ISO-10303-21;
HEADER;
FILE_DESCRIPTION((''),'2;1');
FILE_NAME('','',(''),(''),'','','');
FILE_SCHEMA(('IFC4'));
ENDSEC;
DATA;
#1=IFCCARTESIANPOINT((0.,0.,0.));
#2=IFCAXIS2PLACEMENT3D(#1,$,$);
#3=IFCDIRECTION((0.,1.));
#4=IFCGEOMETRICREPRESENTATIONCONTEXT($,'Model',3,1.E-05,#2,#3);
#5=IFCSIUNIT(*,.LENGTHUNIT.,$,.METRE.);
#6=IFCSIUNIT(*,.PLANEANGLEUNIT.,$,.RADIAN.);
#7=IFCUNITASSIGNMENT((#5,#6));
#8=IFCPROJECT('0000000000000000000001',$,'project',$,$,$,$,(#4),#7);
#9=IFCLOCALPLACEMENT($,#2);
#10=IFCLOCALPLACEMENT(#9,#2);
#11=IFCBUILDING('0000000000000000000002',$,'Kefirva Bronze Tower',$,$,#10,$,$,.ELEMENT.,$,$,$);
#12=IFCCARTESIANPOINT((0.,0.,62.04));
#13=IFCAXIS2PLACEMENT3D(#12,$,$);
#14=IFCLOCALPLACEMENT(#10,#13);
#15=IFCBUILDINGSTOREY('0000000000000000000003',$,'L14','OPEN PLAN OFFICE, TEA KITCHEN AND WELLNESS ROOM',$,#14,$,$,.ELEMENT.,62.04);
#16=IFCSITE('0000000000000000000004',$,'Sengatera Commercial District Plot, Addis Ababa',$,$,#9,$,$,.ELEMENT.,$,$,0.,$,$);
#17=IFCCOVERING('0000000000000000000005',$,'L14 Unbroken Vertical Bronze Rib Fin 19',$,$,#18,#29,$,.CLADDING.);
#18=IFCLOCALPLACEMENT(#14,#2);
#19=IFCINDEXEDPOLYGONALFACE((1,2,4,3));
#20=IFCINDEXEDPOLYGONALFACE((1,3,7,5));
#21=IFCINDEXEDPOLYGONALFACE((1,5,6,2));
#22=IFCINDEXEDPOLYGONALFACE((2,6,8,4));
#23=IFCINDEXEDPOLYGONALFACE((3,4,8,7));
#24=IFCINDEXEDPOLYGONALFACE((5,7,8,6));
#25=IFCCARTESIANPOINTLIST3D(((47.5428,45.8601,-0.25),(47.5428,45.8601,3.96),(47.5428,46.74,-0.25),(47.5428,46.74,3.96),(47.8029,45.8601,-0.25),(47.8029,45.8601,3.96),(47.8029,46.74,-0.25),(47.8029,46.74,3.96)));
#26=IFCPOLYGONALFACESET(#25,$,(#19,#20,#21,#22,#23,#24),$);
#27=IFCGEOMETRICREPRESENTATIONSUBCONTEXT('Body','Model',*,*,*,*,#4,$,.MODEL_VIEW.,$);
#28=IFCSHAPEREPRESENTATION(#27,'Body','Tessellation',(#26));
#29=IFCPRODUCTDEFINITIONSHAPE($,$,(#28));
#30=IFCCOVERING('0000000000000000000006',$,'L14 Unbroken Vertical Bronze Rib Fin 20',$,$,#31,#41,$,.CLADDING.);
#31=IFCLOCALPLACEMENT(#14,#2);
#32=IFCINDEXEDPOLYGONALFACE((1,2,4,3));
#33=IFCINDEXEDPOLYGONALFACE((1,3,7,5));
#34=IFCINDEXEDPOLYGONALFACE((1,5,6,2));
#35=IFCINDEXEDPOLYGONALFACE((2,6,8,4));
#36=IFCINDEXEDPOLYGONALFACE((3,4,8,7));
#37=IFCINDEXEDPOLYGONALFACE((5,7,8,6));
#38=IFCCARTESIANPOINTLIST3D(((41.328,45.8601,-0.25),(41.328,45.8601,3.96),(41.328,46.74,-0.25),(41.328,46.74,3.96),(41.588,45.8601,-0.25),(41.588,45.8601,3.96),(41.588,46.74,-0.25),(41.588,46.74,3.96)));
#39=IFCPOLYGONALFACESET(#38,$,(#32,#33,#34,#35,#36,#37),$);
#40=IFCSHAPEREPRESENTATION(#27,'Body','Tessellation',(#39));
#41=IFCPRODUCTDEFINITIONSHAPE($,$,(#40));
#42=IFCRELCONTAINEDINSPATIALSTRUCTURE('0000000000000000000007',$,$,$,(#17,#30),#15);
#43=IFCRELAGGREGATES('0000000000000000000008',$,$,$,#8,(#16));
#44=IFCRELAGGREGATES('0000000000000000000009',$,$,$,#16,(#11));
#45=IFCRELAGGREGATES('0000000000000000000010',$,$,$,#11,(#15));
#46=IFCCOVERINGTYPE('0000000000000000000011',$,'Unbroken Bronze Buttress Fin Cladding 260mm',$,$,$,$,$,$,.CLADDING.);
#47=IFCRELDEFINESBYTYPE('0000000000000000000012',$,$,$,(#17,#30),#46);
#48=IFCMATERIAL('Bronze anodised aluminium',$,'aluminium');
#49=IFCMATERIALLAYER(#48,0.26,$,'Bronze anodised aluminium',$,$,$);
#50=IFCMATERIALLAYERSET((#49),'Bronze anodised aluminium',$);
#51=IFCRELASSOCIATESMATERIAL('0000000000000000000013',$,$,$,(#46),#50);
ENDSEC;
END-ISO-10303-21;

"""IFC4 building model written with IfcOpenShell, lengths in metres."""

from ifc_helpers import new_model, si_unit, direction, frame, origin, origin_2d, place, context, subcontext, project, spatial, rectangle, extrude, material, layer, layer_set, type_object, element, save


model = new_model("IFC4")

# Units and contexts
model_context = context("Model", 3, precision=1e-05, world=origin(), true_north=direction((0.0, 1.0)))
body_context = subcontext(model_context, "Body", "Model", "MODEL_VIEW")
ifc_project = project(units=[si_unit("LENGTHUNIT", "METRE"), si_unit("PLANEANGLEUNIT", "RADIAN")], contexts=[model_context])

# Site, building, storey
site_placement = place(None, origin())
site = spatial("IfcSite", under=ifc_project, at=site_placement, Name="Sengatera Commercial District Plot, Addis Ababa", CompositionType="ELEMENT", RefElevation=0.0)
building_placement = place(site_placement, origin())
building = spatial("IfcBuilding", under=site, at=building_placement, Name="Kefirva Bronze Tower", CompositionType="ELEMENT")
storey_placement = place(building_placement, frame((0.0, 0.0, 62.04)))
storey = spatial("IfcBuildingStorey", under=building, at=storey_placement, Name="L14", Description="OPEN PLAN OFFICE, TEA KITCHEN AND WELLNESS ROOM", CompositionType="ELEMENT", Elevation=62.04)

# Shared definitions
ifc_material_1 = material(Name="Bronze anodised aluminium", Category="aluminium")

# Coverings
ifc_layer_1 = layer(ifc_material_1, 0.26, Name="Bronze anodised aluminium")
ifc_layer_set_1 = layer_set([ifc_layer_1], Name="Bronze anodised aluminium")
covering_type_1 = type_object("IfcCoveringType", Name="Unbroken Bronze Buttress Fin Cladding 260mm", PredefinedType="CLADDING", material=ifc_layer_set_1)
for number, where, z_axis, x_axis, name in (
    (1, (47.6729, 46.3, -0.25), (0.0, 0.0, 1.0), (-1.0, 0.0, 0.0), "L14 Unbroken Vertical Bronze Rib Fin 19"),
    (2, (41.458, 46.3, -0.25), (0.0, 0.0, 1.0), (-1.0, 0.0, 0.0), "L14 Unbroken Vertical Bronze Rib Fin 20"),
):
    element("IfcCovering", number, at=place(storey_placement, frame(where, z_axis=z_axis, x_axis=x_axis)), inside=storey, type_object=covering_type_1, Name=name, PredefinedType="CLADDING", context=body_context, shape_type="SweptSolid", body=[
        extrude(rectangle(XDim=0.26, YDim=0.8799, at=origin_2d()), origin(), (0.0, 0.0, 1.0), 4.21),
    ])

save(model, "model.ifc")
